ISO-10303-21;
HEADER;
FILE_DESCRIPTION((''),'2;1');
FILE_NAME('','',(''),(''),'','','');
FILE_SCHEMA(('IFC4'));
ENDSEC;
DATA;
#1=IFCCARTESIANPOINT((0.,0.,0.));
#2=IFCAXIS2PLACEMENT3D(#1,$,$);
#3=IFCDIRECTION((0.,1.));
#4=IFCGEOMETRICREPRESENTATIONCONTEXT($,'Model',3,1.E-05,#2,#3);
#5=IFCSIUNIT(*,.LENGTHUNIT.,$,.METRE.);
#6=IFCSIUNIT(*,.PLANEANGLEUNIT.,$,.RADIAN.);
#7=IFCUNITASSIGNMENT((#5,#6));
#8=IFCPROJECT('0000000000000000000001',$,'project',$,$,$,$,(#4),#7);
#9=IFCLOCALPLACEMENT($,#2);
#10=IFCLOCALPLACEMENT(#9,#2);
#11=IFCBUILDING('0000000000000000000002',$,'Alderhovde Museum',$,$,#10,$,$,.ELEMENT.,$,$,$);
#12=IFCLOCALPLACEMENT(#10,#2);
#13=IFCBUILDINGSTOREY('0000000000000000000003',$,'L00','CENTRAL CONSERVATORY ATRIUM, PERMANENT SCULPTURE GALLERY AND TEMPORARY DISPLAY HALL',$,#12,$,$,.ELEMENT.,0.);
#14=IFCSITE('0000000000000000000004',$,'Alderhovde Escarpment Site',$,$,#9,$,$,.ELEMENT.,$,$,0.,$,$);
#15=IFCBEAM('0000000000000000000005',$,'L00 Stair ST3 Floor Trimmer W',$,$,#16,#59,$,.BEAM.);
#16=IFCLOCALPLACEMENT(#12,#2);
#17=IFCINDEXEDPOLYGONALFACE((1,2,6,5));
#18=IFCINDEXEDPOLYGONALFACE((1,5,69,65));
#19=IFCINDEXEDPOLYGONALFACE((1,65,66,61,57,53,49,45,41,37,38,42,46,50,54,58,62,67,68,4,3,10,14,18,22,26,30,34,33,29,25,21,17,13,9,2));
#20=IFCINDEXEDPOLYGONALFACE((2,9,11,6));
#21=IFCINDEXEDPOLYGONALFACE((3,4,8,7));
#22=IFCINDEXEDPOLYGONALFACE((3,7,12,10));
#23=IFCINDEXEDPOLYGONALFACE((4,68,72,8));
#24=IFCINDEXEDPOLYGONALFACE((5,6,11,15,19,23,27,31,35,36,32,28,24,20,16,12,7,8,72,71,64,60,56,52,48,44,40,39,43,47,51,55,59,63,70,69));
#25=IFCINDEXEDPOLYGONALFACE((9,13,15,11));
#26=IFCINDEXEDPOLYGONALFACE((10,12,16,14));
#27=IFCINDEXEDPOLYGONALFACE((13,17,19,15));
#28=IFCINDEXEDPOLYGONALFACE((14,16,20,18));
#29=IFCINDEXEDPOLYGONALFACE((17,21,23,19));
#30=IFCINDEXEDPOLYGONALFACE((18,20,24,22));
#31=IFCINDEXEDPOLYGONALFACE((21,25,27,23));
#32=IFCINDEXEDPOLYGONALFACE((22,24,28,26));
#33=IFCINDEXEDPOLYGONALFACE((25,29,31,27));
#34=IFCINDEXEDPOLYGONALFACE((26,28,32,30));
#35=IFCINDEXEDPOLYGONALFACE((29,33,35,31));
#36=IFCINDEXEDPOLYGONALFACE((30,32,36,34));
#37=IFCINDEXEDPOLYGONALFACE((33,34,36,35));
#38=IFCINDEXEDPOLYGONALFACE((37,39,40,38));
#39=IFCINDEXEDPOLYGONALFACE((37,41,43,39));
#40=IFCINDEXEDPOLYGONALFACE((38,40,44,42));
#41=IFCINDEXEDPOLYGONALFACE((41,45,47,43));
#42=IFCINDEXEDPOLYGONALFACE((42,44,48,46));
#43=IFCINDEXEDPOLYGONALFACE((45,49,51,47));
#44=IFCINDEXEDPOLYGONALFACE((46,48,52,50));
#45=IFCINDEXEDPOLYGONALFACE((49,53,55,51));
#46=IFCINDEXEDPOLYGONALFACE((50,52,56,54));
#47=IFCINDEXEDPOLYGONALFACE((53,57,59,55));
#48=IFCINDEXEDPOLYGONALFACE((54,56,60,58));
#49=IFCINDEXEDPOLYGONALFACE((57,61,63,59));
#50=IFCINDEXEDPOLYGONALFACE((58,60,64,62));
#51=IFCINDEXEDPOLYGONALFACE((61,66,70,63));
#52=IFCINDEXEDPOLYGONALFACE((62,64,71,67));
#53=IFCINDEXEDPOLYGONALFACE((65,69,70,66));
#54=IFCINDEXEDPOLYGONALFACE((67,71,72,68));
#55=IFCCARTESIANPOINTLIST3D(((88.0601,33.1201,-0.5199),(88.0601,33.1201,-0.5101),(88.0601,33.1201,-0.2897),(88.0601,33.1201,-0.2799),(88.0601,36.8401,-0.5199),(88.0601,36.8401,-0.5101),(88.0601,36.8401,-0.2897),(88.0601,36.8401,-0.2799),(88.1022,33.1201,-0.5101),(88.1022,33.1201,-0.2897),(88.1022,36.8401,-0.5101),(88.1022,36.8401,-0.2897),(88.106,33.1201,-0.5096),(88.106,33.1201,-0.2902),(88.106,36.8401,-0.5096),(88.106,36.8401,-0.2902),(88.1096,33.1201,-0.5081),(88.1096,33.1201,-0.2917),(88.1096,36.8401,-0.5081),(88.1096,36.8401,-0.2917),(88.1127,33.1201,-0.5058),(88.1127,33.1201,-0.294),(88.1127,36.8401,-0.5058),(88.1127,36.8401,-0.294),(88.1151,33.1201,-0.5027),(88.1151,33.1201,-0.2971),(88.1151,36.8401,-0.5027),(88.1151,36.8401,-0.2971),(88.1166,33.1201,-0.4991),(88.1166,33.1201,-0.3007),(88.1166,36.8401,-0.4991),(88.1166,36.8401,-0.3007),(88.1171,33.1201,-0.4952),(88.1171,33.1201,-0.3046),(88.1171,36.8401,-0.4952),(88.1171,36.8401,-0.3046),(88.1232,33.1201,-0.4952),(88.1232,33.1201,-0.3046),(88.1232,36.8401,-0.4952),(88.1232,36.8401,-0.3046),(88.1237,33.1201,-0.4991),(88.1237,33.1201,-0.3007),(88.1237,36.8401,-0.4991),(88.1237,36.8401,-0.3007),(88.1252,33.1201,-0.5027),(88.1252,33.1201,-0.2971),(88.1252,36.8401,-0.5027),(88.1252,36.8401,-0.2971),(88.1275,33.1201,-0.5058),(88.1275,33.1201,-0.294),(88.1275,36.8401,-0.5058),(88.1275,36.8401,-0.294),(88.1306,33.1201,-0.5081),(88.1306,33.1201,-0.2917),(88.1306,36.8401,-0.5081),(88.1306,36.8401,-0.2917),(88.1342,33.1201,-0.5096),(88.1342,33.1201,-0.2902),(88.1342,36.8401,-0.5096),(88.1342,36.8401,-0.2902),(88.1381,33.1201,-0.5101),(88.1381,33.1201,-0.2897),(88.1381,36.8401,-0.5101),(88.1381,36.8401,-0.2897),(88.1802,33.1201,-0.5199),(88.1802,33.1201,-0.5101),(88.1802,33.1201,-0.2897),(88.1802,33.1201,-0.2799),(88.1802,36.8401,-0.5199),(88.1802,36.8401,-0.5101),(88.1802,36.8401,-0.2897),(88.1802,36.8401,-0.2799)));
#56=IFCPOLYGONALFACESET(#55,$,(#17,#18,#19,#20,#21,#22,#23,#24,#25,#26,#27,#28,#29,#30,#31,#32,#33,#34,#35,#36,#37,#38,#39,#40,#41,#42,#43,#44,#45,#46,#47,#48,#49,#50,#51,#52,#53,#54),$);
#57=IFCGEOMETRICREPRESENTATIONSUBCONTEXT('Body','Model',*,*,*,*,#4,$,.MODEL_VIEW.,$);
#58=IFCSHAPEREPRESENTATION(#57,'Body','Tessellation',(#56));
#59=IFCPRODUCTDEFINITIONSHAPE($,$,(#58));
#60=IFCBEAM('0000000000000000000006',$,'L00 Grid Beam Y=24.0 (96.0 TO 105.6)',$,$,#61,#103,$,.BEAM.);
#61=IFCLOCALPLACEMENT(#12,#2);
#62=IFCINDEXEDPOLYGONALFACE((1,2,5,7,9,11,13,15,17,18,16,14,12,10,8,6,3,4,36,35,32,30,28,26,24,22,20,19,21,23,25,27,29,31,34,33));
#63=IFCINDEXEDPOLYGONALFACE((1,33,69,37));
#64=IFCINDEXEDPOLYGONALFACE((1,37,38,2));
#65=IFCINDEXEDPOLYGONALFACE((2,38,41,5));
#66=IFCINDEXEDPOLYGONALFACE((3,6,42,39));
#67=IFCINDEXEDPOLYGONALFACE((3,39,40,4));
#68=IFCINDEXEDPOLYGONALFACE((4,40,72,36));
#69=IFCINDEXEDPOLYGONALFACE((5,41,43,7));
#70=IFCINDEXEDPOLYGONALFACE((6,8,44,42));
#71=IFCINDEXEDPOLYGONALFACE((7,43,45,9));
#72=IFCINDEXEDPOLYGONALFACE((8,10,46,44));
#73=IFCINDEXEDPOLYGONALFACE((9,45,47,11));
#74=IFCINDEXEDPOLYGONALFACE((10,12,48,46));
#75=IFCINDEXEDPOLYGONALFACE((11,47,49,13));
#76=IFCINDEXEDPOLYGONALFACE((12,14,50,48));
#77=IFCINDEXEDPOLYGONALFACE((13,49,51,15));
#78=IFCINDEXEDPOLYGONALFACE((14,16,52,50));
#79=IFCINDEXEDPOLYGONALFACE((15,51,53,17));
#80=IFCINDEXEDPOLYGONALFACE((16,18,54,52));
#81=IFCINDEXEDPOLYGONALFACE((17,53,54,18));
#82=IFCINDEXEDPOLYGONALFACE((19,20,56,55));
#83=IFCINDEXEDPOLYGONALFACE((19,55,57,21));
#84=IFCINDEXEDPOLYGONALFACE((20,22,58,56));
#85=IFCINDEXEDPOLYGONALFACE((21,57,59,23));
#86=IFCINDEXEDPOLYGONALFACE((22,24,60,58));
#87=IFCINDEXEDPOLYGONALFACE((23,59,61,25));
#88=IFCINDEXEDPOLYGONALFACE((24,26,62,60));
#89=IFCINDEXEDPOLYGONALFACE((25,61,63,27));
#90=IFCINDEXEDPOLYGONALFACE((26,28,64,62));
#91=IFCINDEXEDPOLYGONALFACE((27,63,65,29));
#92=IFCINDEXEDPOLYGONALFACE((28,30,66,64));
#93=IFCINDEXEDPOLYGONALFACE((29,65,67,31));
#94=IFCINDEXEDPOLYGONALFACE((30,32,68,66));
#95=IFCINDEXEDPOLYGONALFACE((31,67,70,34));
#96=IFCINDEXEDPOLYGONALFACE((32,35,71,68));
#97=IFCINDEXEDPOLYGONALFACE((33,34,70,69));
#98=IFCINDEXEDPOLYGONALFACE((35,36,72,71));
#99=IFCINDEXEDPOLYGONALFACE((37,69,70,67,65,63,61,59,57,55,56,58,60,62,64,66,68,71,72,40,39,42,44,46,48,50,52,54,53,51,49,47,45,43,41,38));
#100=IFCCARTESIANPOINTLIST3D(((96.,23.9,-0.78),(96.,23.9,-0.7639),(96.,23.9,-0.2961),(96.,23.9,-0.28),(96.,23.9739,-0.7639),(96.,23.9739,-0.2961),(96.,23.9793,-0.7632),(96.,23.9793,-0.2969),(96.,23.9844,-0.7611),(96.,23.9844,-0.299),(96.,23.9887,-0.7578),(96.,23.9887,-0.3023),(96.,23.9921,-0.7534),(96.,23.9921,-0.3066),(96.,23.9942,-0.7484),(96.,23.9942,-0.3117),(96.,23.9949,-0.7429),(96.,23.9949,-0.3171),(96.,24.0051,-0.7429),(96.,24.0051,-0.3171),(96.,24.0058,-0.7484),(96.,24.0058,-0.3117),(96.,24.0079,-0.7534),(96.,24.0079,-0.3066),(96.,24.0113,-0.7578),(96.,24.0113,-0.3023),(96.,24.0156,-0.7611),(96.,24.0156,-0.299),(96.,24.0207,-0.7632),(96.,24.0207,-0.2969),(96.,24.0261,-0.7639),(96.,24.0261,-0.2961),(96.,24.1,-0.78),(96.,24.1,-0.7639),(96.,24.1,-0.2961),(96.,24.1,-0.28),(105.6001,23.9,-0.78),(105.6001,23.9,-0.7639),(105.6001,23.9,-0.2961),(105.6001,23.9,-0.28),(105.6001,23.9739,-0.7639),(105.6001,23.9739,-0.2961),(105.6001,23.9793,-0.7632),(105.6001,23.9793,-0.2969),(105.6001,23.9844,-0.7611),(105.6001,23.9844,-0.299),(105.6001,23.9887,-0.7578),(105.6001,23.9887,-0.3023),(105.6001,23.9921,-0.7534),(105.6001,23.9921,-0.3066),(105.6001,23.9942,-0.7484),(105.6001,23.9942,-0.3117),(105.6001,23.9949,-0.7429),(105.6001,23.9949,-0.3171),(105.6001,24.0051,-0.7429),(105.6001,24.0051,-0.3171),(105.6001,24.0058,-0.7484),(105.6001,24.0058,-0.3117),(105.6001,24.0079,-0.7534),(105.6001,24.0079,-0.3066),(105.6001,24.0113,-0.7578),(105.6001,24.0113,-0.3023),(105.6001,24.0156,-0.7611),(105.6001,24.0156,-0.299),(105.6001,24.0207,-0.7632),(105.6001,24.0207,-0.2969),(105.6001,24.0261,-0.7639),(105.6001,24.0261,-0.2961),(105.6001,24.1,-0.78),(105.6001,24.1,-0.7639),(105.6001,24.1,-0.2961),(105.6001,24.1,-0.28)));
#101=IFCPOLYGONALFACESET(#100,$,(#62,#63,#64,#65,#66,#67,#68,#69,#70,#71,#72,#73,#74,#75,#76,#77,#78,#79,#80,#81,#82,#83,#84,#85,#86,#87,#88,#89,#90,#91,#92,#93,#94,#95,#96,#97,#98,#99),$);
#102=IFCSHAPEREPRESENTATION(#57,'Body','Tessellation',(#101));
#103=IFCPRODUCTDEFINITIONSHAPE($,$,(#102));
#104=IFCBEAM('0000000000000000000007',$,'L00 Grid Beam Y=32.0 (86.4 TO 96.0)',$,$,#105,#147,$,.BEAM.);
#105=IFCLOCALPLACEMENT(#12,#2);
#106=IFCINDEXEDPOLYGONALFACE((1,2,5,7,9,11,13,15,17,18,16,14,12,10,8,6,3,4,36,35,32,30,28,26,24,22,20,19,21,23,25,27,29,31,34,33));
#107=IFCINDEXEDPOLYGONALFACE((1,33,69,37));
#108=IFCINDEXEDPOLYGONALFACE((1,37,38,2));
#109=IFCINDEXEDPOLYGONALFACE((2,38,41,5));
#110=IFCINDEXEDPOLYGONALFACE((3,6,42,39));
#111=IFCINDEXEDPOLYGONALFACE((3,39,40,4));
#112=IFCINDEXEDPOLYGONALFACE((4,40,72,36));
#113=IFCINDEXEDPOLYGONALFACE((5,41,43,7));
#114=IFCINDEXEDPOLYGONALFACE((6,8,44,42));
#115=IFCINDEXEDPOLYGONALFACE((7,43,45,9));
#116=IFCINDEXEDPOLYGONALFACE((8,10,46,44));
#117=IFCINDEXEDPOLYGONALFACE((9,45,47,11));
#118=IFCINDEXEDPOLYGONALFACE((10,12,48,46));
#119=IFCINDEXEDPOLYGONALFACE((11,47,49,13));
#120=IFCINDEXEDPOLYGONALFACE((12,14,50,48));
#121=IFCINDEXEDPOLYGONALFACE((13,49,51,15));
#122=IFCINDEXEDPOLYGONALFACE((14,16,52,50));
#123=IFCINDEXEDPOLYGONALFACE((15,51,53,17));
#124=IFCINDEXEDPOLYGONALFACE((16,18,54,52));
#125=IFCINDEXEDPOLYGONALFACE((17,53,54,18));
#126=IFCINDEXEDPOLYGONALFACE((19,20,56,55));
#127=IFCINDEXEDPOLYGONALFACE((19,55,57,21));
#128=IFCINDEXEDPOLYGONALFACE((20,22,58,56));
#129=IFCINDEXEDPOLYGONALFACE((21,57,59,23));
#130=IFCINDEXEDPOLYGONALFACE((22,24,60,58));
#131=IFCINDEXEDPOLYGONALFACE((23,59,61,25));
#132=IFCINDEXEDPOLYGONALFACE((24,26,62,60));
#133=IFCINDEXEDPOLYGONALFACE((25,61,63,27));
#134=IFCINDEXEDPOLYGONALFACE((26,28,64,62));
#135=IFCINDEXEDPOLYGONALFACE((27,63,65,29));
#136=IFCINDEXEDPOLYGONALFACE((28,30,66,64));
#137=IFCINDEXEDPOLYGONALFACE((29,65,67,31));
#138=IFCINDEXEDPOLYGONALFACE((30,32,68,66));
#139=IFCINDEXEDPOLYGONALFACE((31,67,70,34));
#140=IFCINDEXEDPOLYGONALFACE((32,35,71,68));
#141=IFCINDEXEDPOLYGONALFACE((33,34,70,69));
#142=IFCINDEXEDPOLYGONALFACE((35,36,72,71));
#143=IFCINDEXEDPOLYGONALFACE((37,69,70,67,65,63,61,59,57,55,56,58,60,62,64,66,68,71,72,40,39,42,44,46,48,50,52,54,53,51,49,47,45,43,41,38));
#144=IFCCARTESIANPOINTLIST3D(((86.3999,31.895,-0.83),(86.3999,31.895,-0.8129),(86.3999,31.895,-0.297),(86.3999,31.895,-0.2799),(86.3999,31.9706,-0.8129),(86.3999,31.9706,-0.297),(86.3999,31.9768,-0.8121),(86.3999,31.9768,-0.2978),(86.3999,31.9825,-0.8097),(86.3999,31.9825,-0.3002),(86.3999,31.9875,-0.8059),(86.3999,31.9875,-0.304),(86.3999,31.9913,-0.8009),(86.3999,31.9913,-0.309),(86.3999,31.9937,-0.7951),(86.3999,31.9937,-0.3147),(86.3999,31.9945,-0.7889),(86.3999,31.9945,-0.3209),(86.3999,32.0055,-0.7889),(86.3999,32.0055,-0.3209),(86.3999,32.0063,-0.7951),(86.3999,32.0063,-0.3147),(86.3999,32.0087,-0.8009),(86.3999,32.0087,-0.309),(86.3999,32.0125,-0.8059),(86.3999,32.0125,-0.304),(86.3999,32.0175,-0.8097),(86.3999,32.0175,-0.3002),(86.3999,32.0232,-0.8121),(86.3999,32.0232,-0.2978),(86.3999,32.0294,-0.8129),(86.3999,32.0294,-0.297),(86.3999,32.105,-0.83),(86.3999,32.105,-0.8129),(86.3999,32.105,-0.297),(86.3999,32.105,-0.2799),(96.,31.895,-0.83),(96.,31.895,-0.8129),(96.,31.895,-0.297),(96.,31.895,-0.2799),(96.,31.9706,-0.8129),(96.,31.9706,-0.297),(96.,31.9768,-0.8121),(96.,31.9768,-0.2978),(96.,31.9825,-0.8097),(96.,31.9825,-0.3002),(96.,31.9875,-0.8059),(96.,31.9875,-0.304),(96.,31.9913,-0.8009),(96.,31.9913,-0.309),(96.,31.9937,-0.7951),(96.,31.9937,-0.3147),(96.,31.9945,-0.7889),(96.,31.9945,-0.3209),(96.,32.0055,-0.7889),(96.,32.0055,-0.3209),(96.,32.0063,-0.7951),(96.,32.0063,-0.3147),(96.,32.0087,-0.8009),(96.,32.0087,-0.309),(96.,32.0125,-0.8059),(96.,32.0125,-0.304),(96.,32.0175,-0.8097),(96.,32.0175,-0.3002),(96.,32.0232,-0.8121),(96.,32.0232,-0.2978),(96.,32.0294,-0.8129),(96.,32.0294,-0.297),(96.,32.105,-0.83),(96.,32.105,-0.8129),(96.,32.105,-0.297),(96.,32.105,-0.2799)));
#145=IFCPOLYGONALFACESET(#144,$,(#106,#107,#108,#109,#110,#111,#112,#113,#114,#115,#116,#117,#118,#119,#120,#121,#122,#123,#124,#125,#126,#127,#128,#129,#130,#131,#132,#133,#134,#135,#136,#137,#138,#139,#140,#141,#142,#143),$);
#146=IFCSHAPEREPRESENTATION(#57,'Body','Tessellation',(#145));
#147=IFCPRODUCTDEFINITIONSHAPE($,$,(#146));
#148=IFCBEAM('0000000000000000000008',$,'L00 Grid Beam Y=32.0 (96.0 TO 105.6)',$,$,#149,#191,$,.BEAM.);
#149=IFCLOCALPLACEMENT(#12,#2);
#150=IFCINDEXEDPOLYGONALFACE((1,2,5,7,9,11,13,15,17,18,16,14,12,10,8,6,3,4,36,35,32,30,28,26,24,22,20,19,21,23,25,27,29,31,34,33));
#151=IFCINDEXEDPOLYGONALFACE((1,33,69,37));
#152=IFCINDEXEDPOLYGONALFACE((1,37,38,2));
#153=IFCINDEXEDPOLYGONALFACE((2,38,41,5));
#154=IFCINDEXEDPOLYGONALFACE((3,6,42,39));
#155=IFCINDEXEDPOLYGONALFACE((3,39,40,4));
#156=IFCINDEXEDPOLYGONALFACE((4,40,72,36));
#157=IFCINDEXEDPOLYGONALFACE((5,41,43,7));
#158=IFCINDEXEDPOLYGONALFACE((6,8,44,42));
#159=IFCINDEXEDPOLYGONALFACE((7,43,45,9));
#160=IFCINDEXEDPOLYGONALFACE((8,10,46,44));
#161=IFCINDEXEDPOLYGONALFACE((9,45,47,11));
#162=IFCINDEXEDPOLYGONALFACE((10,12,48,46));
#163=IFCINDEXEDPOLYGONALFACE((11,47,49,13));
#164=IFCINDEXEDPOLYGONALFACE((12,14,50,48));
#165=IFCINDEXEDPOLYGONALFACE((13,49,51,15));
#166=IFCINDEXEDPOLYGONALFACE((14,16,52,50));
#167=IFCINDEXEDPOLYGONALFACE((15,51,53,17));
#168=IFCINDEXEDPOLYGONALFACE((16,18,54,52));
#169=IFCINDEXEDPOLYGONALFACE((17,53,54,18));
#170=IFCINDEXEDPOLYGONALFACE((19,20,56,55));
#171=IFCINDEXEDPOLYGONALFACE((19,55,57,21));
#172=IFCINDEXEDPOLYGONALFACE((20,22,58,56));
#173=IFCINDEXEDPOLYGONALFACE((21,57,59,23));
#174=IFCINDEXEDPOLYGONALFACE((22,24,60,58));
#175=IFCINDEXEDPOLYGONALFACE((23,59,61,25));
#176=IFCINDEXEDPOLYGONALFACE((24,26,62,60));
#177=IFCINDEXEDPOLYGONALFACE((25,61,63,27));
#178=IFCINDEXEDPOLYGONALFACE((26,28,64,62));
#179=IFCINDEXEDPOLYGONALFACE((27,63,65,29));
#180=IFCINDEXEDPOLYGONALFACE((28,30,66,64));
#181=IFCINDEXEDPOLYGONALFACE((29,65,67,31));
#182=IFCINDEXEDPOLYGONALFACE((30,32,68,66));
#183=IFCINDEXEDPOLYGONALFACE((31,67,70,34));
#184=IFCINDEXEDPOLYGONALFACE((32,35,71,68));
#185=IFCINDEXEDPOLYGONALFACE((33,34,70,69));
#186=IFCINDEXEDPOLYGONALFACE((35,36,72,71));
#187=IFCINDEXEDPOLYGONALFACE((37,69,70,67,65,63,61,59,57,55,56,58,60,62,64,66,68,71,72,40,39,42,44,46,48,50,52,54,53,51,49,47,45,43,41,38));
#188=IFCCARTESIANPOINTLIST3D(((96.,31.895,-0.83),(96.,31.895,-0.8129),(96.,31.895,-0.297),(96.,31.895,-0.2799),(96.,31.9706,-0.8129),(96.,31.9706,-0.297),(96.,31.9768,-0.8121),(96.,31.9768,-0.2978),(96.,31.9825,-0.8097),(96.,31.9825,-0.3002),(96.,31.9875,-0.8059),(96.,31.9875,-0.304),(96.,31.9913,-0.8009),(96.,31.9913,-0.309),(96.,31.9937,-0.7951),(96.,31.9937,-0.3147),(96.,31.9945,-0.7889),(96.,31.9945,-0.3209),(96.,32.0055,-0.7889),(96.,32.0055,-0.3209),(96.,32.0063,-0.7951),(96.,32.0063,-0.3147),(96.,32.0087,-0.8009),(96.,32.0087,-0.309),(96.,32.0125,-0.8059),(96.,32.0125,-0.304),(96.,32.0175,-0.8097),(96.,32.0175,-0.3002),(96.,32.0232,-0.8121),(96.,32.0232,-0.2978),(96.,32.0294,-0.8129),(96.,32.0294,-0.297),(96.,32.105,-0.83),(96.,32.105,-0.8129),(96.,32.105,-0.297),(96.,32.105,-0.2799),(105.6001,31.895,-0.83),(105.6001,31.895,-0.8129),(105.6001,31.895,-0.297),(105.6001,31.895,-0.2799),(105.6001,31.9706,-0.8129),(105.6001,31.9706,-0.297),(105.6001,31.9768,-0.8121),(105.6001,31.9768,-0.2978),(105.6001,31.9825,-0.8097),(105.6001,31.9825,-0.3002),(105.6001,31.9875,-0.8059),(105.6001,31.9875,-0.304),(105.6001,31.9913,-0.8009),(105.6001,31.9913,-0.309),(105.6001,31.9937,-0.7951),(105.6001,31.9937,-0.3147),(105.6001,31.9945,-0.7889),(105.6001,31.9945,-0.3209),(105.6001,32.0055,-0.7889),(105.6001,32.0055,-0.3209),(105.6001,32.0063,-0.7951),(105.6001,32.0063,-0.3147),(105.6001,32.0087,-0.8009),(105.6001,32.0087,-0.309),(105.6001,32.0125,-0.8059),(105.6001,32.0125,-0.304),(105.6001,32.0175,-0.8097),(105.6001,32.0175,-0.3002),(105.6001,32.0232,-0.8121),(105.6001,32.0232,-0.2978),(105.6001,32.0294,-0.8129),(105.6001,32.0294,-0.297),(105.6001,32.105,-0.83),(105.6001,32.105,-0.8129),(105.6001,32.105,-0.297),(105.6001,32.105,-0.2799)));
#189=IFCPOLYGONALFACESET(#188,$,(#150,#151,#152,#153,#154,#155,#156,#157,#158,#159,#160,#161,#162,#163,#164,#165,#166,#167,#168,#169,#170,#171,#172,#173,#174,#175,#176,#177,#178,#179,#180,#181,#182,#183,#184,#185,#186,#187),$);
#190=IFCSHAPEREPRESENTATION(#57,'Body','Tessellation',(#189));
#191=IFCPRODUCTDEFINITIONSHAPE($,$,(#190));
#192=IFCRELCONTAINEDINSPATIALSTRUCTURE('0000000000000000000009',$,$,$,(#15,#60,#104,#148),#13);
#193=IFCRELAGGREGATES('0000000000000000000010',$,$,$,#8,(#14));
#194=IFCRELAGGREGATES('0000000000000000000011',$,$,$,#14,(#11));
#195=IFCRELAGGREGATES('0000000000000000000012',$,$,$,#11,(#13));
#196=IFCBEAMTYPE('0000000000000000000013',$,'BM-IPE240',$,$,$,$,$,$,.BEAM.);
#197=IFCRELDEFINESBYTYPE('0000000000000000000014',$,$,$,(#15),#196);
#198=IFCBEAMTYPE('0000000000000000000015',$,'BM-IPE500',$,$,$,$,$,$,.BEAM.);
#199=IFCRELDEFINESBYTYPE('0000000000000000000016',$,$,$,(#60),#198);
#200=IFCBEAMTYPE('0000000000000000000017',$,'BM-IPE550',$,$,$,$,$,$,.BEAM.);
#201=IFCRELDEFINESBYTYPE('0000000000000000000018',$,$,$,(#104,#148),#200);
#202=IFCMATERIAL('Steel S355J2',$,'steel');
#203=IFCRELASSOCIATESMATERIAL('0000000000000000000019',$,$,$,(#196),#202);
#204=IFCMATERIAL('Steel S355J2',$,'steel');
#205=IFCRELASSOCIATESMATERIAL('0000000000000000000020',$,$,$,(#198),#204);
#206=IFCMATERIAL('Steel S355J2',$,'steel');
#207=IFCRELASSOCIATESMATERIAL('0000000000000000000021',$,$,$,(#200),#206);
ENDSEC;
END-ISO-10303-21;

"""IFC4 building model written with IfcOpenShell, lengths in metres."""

from ifc_helpers import new_model, si_unit, direction, frame, origin, origin_2d, place, context, subcontext, project, spatial, i_section, extrude, material, material_profile, profile_set, type_object, element, save


model = new_model("IFC4")

# Units and contexts
model_context = context("Model", 3, precision=1e-05, world=origin(), true_north=direction((0.0, 1.0)))
body_context = subcontext(model_context, "Body", "Model", "MODEL_VIEW")
ifc_project = project(units=[si_unit("LENGTHUNIT", "METRE"), si_unit("PLANEANGLEUNIT", "RADIAN")], contexts=[model_context])

# Site, building, storey
site_placement = place(None, origin())
site = spatial("IfcSite", under=ifc_project, at=site_placement, Name="Alderhovde Escarpment Site", CompositionType="ELEMENT", RefElevation=0.0)
building_placement = place(site_placement, origin())
building = spatial("IfcBuilding", under=site, at=building_placement, Name="Alderhovde Museum", CompositionType="ELEMENT")
storey_placement = place(building_placement, origin())
storey = spatial("IfcBuildingStorey", under=building, at=storey_placement, Name="L00", Description="CENTRAL CONSERVATORY ATRIUM, PERMANENT SCULPTURE GALLERY AND TEMPORARY DISPLAY HALL", CompositionType="ELEMENT", Elevation=0.0)

# Beams
ifc_material_1 = material(Name="Steel S355J2", Category="steel")
ifc_material_profile_1 = material_profile(ifc_material_1, i_section(OverallWidth=0.1201, OverallDepth=0.24, WebThickness=0.0061, FlangeThickness=0.0098, FilletRadius=0.0149, at=origin_2d()), Name="IPE 240")
ifc_profile_set_1 = profile_set([ifc_material_profile_1], Name="Steel S355J2")
beam_type_1 = type_object("IfcBeamType", Name="BM-IPE240", PredefinedType="BEAM", material=ifc_profile_set_1)
beam_1_placement = place(storey_placement, frame((88.1201, 33.1201, -0.3999), z_axis=(0.0, 1.0, 0.0), x_axis=(-1.0, 0.0, 0.0)))
element("IfcBeam", 1, at=beam_1_placement, inside=storey, type_object=beam_type_1, Name="L00 Stair ST3 Floor Trimmer W", PredefinedType="BEAM", context=body_context, shape_type="SweptSolid", body=[
    extrude(i_section(OverallWidth=0.1201, OverallDepth=0.24, WebThickness=0.0061, FlangeThickness=0.0098, FilletRadius=0.0149, at=origin_2d()), origin(), (0.0, 0.0, 1.0), 3.72),
])
ifc_material_2 = material(Name="Steel S355J2", Category="steel")
ifc_material_profile_2 = material_profile(ifc_material_2, i_section(OverallWidth=0.2, OverallDepth=0.5, WebThickness=0.0103, FlangeThickness=0.0161, FilletRadius=0.021, at=origin_2d()), Name="IPE 500")
ifc_profile_set_2 = profile_set([ifc_material_profile_2], Name="Steel S355J2")
beam_type_2 = type_object("IfcBeamType", Name="BM-IPE500", PredefinedType="BEAM", material=ifc_profile_set_2)
beam_2_placement = place(storey_placement, frame((96.0, 24.0, -0.53), z_axis=(1.0, 0.0, 0.0), x_axis=(0.0, 1.0, 0.0)))
element("IfcBeam", 2, at=beam_2_placement, inside=storey, type_object=beam_type_2, Name="L00 Grid Beam Y=24.0 (96.0 TO 105.6)", PredefinedType="BEAM", context=body_context, shape_type="SweptSolid", body=[
    extrude(i_section(OverallWidth=0.2, OverallDepth=0.5, WebThickness=0.0103, FlangeThickness=0.0161, FilletRadius=0.021, at=origin_2d()), origin(), (0.0, 0.0, 1.0), 9.6001),
])
ifc_material_3 = material(Name="Steel S355J2", Category="steel")
ifc_material_profile_3 = material_profile(ifc_material_3, i_section(OverallWidth=0.21, OverallDepth=0.55, WebThickness=0.011, FlangeThickness=0.0171, FilletRadius=0.0239, at=origin_2d()), Name="IPE 550")
ifc_profile_set_3 = profile_set([ifc_material_profile_3], Name="Steel S355J2")
beam_type_3 = type_object("IfcBeamType", Name="BM-IPE550", PredefinedType="BEAM", material=ifc_profile_set_3)
for number, where, z_axis, x_axis, name in (
    (3, (86.3999, 32.0, -0.5549), (1.0, 0.0, 0.0), (0.0, 1.0, 0.0), "L00 Grid Beam Y=32.0 (86.4 TO 96.0)"),
    (4, (96.0, 32.0, -0.5549), (1.0, 0.0, 0.0), (0.0, 1.0, 0.0), "L00 Grid Beam Y=32.0 (96.0 TO 105.6)"),
):
    element("IfcBeam", number, at=place(storey_placement, frame(where, z_axis=z_axis, x_axis=x_axis)), inside=storey, type_object=beam_type_3, Name=name, PredefinedType="BEAM", context=body_context, shape_type="SweptSolid", body=[
        extrude(i_section(OverallWidth=0.21, OverallDepth=0.55, WebThickness=0.011, FlangeThickness=0.0171, FilletRadius=0.0239, at=origin_2d()), origin(), (0.0, 0.0, 1.0), 9.6001),
    ])

save(model, "model.ifc")
